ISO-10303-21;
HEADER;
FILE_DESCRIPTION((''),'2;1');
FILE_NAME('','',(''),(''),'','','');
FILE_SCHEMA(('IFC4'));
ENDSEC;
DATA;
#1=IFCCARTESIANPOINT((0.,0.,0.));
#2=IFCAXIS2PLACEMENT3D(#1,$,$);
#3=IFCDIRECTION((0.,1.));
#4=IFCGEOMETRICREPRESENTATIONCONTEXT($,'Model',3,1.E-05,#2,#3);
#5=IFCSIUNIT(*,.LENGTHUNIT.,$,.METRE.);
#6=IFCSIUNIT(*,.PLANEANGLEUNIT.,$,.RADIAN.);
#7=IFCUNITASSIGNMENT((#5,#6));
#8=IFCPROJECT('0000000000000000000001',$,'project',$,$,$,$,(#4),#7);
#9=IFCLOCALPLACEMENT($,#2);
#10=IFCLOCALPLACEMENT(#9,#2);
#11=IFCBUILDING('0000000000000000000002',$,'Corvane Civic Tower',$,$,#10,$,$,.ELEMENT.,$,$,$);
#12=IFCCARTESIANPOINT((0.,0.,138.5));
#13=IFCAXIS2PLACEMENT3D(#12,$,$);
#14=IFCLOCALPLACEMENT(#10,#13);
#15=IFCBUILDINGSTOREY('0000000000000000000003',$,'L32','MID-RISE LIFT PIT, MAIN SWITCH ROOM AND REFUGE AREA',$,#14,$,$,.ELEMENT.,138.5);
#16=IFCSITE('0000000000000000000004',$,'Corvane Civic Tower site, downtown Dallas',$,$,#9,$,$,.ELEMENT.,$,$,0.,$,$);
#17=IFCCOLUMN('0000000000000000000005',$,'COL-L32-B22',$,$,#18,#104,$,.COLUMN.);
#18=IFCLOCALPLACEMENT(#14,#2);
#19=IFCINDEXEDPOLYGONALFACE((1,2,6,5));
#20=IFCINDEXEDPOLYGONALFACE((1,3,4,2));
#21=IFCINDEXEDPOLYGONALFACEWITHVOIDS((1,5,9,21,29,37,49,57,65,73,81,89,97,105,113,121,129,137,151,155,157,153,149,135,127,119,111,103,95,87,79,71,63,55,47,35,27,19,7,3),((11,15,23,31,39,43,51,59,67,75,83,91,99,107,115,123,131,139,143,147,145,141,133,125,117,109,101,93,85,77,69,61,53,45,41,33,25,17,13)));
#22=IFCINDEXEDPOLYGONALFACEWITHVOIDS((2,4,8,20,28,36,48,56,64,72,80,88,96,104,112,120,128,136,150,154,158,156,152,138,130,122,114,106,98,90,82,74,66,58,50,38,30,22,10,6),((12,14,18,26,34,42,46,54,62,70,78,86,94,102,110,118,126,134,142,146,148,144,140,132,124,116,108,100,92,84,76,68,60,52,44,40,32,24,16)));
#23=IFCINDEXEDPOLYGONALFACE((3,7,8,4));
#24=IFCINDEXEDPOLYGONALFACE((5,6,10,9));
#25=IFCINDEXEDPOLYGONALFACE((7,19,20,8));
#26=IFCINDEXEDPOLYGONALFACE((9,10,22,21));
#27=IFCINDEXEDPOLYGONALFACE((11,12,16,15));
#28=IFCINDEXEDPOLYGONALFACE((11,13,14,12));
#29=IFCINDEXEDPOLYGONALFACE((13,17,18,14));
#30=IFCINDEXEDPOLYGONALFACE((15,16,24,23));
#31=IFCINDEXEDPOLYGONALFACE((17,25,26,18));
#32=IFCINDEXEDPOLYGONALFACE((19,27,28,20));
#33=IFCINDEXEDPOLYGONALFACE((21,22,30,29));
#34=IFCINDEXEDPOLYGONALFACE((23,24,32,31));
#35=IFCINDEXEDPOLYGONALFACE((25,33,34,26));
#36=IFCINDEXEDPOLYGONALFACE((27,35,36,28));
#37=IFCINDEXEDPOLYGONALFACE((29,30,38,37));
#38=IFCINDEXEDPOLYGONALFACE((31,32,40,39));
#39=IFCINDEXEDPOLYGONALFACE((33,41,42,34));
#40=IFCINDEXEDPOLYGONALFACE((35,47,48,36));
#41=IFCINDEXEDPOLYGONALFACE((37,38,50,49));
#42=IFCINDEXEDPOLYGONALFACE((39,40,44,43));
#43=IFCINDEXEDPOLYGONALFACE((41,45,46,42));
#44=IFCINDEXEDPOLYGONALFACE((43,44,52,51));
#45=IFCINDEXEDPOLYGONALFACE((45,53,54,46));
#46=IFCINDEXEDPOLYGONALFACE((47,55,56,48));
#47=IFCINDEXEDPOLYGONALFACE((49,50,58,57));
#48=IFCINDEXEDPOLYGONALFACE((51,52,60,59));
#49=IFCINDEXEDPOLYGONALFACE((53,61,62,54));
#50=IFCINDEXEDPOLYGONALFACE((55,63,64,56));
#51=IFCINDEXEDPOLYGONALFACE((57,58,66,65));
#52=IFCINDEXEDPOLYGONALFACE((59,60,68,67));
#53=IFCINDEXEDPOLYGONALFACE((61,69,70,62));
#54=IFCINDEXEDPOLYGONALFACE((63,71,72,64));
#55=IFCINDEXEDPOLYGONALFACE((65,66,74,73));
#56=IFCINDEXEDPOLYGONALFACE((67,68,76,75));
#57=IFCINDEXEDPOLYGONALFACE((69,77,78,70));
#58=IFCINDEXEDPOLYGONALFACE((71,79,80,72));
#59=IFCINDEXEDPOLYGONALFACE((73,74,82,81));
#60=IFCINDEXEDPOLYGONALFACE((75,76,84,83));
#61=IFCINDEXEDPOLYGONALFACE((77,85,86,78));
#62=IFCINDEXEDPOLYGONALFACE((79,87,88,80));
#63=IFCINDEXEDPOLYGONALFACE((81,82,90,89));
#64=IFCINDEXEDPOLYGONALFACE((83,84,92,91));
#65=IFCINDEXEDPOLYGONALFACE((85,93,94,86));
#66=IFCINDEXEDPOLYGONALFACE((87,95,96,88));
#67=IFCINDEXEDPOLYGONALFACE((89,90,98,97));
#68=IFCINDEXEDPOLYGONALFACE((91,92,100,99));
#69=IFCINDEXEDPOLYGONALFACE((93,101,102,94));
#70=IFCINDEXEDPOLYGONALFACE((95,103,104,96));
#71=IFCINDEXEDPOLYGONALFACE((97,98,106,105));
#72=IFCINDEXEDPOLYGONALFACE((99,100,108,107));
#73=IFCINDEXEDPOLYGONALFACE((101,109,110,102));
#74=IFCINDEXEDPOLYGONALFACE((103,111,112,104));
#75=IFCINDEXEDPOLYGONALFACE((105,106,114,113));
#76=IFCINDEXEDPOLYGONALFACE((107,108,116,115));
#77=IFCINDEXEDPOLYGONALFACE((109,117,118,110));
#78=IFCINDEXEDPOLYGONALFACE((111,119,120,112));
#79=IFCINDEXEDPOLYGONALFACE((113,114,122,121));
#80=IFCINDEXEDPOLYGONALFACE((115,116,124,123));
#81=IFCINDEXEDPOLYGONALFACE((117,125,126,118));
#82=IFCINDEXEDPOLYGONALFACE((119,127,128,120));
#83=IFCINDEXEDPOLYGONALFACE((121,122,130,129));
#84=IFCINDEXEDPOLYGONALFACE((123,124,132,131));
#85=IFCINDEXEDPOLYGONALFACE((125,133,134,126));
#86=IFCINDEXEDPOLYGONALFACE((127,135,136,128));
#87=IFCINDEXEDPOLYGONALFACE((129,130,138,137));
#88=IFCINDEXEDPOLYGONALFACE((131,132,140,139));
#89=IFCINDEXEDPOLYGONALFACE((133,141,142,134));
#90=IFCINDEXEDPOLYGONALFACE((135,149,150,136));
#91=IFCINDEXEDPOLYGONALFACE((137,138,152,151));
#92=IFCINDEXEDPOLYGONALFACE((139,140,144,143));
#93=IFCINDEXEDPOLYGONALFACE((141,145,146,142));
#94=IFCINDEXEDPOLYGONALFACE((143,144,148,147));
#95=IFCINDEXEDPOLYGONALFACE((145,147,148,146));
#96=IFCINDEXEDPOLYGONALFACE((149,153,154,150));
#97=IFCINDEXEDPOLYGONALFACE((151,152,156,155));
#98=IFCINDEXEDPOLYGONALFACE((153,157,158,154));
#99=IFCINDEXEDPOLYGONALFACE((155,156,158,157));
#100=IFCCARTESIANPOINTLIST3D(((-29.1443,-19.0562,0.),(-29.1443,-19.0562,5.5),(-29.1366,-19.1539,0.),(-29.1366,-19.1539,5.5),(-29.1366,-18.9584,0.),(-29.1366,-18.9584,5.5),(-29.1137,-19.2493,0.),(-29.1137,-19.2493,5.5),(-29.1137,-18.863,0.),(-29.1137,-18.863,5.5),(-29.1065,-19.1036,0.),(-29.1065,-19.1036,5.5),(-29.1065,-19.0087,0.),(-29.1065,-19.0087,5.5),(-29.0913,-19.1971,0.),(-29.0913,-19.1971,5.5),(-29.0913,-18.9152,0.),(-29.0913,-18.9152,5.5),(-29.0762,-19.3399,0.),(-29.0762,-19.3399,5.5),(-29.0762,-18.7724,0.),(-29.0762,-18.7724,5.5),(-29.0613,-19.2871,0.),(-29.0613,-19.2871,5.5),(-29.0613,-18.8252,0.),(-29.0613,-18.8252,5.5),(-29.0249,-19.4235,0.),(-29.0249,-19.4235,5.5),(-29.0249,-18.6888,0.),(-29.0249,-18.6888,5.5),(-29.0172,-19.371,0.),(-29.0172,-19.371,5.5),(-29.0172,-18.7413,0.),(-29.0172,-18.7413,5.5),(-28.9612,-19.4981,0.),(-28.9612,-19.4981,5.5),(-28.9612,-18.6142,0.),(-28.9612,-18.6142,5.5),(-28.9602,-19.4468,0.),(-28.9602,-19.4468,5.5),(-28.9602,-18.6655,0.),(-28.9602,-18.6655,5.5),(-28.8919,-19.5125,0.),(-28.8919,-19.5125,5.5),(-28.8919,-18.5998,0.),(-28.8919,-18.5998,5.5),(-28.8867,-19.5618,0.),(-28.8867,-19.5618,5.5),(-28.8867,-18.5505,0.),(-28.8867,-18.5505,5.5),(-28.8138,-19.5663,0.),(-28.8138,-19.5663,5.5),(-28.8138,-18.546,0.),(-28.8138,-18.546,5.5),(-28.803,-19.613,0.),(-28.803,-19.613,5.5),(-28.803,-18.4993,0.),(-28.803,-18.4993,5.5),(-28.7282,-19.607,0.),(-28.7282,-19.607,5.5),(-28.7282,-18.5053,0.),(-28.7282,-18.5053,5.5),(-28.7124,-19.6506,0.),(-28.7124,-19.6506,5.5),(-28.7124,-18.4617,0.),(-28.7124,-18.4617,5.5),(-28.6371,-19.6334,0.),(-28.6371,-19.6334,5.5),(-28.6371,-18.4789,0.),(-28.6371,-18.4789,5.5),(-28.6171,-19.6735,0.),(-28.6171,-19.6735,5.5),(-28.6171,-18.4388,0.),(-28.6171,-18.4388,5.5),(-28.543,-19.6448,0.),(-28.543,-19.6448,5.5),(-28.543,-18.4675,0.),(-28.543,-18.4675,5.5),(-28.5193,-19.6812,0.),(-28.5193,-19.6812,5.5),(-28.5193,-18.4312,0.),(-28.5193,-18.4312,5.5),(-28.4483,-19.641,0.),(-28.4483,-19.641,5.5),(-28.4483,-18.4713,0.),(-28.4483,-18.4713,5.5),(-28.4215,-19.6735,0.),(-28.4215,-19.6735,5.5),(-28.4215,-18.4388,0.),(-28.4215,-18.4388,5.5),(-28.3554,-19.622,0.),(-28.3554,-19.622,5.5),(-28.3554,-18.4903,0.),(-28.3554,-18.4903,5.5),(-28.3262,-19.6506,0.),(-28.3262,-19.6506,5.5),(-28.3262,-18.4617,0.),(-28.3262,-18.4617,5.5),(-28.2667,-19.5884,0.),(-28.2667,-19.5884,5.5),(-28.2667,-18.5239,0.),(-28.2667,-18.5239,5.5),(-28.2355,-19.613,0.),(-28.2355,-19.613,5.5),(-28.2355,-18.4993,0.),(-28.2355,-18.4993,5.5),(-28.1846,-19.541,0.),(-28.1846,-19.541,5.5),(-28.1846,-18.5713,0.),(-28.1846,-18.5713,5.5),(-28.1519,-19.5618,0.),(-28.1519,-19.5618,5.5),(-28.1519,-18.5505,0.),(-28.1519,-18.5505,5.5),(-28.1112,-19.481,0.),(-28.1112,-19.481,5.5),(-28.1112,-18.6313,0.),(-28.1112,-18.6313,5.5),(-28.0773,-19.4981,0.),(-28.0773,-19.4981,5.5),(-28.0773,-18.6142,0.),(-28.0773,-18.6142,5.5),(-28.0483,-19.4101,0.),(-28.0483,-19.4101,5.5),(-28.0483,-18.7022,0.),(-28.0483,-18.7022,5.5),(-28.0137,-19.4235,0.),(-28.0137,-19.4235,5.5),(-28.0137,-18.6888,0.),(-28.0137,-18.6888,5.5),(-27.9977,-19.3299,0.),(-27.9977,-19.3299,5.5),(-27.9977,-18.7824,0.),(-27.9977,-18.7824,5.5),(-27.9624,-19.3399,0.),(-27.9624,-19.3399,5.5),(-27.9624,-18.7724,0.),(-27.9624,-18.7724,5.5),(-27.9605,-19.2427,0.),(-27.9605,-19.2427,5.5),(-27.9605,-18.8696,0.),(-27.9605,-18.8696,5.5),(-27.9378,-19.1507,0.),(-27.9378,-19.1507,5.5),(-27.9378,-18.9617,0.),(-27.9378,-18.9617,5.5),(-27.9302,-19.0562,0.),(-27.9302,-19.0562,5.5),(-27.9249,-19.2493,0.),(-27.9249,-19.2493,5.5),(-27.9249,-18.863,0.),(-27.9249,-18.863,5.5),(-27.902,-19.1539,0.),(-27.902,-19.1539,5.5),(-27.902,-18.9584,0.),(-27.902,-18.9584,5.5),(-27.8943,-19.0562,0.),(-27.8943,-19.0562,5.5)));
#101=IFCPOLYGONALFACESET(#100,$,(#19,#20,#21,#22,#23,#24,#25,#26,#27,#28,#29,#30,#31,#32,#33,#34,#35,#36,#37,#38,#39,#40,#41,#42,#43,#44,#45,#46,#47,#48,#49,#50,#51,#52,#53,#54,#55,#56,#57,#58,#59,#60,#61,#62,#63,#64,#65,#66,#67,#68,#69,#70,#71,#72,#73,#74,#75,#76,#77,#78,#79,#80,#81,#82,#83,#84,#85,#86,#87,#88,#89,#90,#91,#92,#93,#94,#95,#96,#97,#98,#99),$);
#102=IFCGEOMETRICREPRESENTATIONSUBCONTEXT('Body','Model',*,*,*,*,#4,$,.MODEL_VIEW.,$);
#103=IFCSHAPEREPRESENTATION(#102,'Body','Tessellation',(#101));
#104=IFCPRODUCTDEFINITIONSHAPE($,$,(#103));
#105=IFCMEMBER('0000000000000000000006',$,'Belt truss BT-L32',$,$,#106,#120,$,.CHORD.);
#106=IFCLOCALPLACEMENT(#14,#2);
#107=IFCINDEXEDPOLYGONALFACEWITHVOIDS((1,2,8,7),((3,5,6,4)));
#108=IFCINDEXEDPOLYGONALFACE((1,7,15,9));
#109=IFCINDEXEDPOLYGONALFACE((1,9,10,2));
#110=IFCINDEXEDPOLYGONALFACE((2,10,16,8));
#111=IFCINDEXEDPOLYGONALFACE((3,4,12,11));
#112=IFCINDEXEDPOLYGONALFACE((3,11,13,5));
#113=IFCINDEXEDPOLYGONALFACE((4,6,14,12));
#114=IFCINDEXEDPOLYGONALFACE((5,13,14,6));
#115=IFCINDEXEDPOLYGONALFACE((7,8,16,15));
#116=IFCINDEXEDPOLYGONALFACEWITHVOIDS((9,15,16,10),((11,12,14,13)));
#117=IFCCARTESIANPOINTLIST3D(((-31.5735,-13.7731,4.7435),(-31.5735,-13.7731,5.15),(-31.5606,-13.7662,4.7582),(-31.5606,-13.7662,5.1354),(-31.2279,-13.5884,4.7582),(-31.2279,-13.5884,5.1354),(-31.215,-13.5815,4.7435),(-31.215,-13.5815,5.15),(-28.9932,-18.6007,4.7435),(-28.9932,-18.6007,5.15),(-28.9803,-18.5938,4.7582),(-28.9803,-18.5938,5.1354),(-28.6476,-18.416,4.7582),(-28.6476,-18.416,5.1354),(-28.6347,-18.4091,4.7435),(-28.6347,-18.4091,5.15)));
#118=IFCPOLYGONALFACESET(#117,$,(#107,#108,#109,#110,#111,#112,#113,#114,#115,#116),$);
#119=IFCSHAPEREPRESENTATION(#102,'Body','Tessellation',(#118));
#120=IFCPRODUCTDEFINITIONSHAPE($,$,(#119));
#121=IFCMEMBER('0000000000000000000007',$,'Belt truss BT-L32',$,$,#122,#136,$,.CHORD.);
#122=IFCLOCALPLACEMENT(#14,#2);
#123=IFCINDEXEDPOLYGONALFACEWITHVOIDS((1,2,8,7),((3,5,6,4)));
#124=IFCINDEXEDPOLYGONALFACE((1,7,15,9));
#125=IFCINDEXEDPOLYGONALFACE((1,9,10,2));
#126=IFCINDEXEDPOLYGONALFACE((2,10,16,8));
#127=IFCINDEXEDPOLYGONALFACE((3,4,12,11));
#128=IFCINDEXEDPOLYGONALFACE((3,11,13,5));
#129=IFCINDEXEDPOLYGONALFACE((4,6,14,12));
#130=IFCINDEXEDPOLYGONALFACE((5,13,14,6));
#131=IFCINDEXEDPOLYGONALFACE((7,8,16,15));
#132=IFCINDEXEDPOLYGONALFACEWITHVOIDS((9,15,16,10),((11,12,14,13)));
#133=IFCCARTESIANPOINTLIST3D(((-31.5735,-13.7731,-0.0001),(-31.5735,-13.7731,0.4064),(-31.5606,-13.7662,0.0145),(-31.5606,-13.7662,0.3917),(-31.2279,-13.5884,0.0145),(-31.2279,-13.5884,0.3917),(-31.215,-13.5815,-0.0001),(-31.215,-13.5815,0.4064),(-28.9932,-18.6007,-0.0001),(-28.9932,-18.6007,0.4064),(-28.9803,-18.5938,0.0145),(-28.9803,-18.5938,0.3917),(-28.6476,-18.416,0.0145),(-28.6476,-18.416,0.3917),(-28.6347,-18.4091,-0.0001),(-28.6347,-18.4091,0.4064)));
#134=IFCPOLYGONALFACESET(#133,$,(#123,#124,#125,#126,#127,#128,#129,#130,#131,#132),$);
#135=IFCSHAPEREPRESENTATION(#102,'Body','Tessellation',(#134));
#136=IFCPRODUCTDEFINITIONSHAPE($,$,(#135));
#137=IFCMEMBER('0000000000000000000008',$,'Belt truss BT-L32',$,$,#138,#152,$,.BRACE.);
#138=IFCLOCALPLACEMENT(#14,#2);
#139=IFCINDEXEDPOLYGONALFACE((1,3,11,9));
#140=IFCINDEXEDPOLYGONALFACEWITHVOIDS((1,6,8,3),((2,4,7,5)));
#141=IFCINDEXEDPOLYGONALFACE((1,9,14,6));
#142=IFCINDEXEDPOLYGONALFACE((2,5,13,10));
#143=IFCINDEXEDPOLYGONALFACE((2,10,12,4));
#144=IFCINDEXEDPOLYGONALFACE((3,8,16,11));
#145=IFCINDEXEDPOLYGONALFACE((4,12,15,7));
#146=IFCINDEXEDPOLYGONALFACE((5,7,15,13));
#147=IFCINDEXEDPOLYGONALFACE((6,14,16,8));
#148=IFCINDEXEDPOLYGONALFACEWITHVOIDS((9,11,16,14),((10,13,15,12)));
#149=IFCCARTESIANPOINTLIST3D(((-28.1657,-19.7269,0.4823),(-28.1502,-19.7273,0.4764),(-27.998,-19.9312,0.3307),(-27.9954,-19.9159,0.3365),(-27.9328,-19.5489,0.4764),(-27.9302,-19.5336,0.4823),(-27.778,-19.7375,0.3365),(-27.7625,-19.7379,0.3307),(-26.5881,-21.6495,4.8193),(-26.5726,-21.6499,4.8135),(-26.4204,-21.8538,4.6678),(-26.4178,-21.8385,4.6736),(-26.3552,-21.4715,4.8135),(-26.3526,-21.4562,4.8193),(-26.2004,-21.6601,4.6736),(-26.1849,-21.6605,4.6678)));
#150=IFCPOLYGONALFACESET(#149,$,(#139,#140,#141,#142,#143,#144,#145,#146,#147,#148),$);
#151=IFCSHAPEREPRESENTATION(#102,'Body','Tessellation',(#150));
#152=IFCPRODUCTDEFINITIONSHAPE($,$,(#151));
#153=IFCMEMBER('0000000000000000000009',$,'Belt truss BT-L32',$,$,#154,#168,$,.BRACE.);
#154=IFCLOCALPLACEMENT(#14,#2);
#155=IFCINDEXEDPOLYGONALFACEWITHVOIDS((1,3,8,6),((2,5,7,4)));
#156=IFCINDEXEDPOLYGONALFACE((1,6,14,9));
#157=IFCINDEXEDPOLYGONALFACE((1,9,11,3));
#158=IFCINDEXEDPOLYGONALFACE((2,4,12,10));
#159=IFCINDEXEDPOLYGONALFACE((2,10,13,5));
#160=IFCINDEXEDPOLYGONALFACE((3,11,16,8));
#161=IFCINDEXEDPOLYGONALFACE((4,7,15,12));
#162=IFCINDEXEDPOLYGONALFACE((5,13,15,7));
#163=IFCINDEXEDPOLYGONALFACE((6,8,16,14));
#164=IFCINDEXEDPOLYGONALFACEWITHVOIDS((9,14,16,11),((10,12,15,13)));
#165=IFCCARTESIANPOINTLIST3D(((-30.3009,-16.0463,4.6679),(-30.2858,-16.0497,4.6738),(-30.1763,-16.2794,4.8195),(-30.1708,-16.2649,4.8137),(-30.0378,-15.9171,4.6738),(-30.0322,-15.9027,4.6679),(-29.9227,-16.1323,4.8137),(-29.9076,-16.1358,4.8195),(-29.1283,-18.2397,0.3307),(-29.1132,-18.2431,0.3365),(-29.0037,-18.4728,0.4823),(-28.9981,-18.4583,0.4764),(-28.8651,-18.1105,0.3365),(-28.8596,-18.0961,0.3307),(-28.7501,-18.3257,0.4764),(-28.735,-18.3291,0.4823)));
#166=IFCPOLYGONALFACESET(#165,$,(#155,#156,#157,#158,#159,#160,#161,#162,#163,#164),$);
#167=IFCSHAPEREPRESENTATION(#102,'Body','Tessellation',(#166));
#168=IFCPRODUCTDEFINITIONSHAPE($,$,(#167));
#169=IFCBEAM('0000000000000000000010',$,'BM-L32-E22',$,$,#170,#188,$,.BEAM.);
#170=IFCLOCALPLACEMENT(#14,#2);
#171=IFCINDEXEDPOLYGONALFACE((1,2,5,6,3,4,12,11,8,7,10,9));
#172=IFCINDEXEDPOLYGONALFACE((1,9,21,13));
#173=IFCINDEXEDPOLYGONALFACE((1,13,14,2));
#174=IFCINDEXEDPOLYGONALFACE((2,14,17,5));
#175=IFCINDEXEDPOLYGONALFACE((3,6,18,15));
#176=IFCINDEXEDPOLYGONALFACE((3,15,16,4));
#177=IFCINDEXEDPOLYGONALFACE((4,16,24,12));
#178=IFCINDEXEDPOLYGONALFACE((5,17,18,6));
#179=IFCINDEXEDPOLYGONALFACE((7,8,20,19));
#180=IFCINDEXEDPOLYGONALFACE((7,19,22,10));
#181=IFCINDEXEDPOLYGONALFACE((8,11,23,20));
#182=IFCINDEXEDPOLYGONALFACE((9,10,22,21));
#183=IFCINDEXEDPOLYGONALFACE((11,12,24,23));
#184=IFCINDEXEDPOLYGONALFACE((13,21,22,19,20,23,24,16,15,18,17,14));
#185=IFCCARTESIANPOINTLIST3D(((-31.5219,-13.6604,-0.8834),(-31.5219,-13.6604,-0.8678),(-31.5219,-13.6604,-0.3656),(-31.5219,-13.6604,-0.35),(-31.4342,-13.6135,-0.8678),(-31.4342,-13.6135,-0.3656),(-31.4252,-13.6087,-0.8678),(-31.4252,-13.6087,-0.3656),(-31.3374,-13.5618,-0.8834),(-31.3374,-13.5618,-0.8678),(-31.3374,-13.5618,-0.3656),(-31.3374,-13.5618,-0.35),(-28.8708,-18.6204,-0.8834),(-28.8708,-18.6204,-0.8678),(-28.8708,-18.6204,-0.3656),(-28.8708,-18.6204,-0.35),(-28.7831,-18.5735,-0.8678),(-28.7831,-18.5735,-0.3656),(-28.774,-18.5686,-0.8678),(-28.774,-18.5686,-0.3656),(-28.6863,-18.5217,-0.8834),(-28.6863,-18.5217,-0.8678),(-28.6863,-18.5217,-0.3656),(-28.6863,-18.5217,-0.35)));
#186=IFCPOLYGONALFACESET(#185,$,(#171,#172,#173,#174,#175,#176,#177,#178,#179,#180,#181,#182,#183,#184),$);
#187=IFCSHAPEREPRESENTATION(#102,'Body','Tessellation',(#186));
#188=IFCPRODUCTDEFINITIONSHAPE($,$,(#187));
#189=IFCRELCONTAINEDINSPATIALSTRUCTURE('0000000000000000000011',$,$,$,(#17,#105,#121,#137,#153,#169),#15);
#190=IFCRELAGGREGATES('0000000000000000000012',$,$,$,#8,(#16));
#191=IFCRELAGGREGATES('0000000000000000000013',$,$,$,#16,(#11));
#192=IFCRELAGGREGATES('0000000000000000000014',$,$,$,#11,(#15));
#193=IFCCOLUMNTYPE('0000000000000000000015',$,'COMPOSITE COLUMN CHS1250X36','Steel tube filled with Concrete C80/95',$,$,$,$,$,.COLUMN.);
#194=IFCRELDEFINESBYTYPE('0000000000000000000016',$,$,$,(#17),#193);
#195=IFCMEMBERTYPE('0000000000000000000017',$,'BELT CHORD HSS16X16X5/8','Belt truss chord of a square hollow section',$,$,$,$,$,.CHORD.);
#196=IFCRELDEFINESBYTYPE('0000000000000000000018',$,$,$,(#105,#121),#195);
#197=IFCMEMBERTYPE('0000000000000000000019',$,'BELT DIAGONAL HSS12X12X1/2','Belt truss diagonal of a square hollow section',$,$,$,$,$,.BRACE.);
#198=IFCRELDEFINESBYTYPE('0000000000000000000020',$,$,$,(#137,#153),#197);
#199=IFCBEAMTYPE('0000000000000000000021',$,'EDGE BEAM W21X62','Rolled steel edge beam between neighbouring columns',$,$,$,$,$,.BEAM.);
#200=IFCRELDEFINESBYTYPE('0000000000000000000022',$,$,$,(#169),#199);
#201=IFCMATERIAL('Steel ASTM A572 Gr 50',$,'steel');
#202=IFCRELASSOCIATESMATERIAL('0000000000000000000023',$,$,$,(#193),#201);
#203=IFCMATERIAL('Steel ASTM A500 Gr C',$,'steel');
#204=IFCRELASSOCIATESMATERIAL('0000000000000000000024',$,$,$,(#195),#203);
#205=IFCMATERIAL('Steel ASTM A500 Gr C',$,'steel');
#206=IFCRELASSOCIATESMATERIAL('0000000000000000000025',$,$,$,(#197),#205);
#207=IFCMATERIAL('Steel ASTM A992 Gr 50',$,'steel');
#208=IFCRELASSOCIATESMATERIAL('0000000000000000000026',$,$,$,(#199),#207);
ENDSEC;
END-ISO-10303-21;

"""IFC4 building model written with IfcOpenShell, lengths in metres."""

from ifc_helpers import new_model, si_unit, direction, frame, origin, origin_2d, place, context, subcontext, project, spatial, hollow_rectangle, hollow_circle, i_section, extrude, material, material_profile, profile_set, type_object, element, save


model = new_model("IFC4")

# Units and contexts
model_context = context("Model", 3, precision=1e-05, world=origin(), true_north=direction((0.0, 1.0)))
body_context = subcontext(model_context, "Body", "Model", "MODEL_VIEW")
ifc_project = project(units=[si_unit("LENGTHUNIT", "METRE"), si_unit("PLANEANGLEUNIT", "RADIAN")], contexts=[model_context])

# Site, building, storey
site_placement = place(None, origin())
site = spatial("IfcSite", under=ifc_project, at=site_placement, Name="Corvane Civic Tower site, downtown Dallas", CompositionType="ELEMENT", RefElevation=0.0)
building_placement = place(site_placement, origin())
building = spatial("IfcBuilding", under=site, at=building_placement, Name="Corvane Civic Tower", CompositionType="ELEMENT")
storey_placement = place(building_placement, frame((0.0, 0.0, 138.5)))
storey = spatial("IfcBuildingStorey", under=building, at=storey_placement, Name="L32", Description="MID-RISE LIFT PIT, MAIN SWITCH ROOM AND REFUGE AREA", CompositionType="ELEMENT", Elevation=138.5)

# Column
ifc_material_1 = material(Name="Steel ASTM A572 Gr 50", Category="steel")
ifc_material_profile_1 = material_profile(ifc_material_1, hollow_circle(Radius=0.625, WallThickness=0.0359, at=origin_2d()), Name="CHS1250X36")
ifc_profile_set_1 = profile_set([ifc_material_profile_1], Name="Steel ASTM A572 Gr 50")
column_type_1 = type_object("IfcColumnType", Name="COMPOSITE COLUMN CHS1250X36", Description="Steel tube filled with Concrete C80/95", PredefinedType="COLUMN", material=ifc_profile_set_1)
column_placement = place(storey_placement, frame((-28.5193, -19.0562, 0.0), z_axis=(0.0, 0.0, 1.0), x_axis=(1.0, 0.0, 0.0)))
element("IfcColumn", 1, at=column_placement, inside=storey, type_object=column_type_1, Name="COL-L32-B22", PredefinedType="COLUMN", context=body_context, shape_type="SweptSolid", body=[
    extrude(hollow_circle(Radius=0.625, WallThickness=0.0359, at=origin_2d()), origin(), (0.0, 0.0, 1.0), 5.5),
])

# Members
ifc_material_2 = material(Name="Steel ASTM A500 Gr C", Category="steel")
ifc_material_profile_2 = material_profile(ifc_material_2, hollow_rectangle(XDim=0.4065, YDim=0.4065, WallThickness=0.0146, at=origin_2d()), Name="HSS16X16X5/8")
ifc_profile_set_2 = profile_set([ifc_material_profile_2], Name="Steel ASTM A500 Gr C")
member_type_1 = type_object("IfcMemberType", Name="BELT CHORD HSS16X16X5/8", Description="Belt truss chord of a square hollow section", PredefinedType="CHORD", material=ifc_profile_set_2)
for number, where, z_axis, x_axis, name in (
    (2, (-28.814, -18.5049, 4.9468), (-0.471382, 0.881929, 0.0), (-0.881929, -0.471382, 0.0), "Belt truss BT-L32"),
    (3, (-28.814, -18.5049, 0.2031), (-0.471382, 0.881929, 0.0), (-0.881929, -0.471382, 0.0), "Belt truss BT-L32"),
):
    element("IfcMember", number, at=place(storey_placement, frame(where, z_axis=z_axis, x_axis=x_axis)), inside=storey, type_object=member_type_1, Name=name, PredefinedType="CHORD", context=body_context, shape_type="SweptSolid", body=[
        extrude(hollow_rectangle(XDim=0.4065, YDim=0.4065, WallThickness=0.0146, at=origin_2d()), origin(), (0.0, 0.0, 1.0), 5.4739),
    ])
ifc_material_3 = material(Name="Steel ASTM A500 Gr C", Category="steel")
ifc_material_profile_3 = material_profile(ifc_material_3, hollow_rectangle(XDim=0.3047, YDim=0.3047, WallThickness=0.0117, at=origin_2d()), Name="HSS12X12X1/2")
ifc_profile_set_3 = profile_set([ifc_material_profile_3], Name="Steel ASTM A500 Gr C")
member_type_2 = type_object("IfcMemberType", Name="BELT DIAGONAL HSS12X12X1/2", Description="Belt truss diagonal of a square hollow section", PredefinedType="BRACE", material=ifc_profile_set_3)
member_1_placement = place(storey_placement, frame((-27.9641, -19.7324, 0.4065), z_axis=(0.315551, -0.38455, 0.867496), x_axis=(0.773051, 0.634344, 0.0)))
element("IfcMember", 4, at=member_1_placement, inside=storey, type_object=member_type_2, Name="Belt truss BT-L32", PredefinedType="BRACE", context=body_context, shape_type="SweptSolid", body=[
    extrude(hollow_rectangle(XDim=0.3047, YDim=0.3047, WallThickness=0.0117, at=origin_2d()), origin(), (0.0, 0.0, 1.0), 4.9995),
])
member_2_placement = place(storey_placement, frame((-28.9316, -18.2844, 0.4065), z_axis=(-0.234537, 0.4387, 0.867488), x_axis=(-0.881882, -0.471469, 0.0)))
element("IfcMember", 5, at=member_2_placement, inside=storey, type_object=member_type_2, Name="Belt truss BT-L32", PredefinedType="BRACE", context=body_context, shape_type="SweptSolid", body=[
    extrude(hollow_rectangle(XDim=0.3047, YDim=0.3047, WallThickness=0.0117, at=origin_2d()), origin(), (0.0, 0.0, 1.0), 4.9998),
])

# Beam
ifc_material_4 = material(Name="Steel ASTM A992 Gr 50", Category="steel")
ifc_material_profile_4 = material_profile(ifc_material_4, i_section(OverallWidth=0.2092, OverallDepth=0.5334, WebThickness=0.0103, FlangeThickness=0.0156, at=origin_2d()), Name="W21X62")
ifc_profile_set_4 = profile_set([ifc_material_profile_4], Name="Steel ASTM A992 Gr 50")
beam_type = type_object("IfcBeamType", Name="EDGE BEAM W21X62", Description="Rolled steel edge beam between neighbouring columns", PredefinedType="BEAM", material=ifc_profile_set_4)
beam_placement = place(storey_placement, frame((-28.7786, -18.571, -0.6167), z_axis=(-0.471392, 0.881924, 0.0), x_axis=(-0.881924, -0.471392, 0.0)))
element("IfcBeam", 6, at=beam_placement, inside=storey, type_object=beam_type, Name="BM-L32-E22", PredefinedType="BEAM", context=body_context, shape_type="SweptSolid", body=[
    extrude(i_section(OverallWidth=0.2092, OverallDepth=0.5334, WebThickness=0.0103, FlangeThickness=0.0156, at=origin_2d()), origin(), (0.0, 0.0, 1.0), 5.624),
])

save(model, "model.ifc")
